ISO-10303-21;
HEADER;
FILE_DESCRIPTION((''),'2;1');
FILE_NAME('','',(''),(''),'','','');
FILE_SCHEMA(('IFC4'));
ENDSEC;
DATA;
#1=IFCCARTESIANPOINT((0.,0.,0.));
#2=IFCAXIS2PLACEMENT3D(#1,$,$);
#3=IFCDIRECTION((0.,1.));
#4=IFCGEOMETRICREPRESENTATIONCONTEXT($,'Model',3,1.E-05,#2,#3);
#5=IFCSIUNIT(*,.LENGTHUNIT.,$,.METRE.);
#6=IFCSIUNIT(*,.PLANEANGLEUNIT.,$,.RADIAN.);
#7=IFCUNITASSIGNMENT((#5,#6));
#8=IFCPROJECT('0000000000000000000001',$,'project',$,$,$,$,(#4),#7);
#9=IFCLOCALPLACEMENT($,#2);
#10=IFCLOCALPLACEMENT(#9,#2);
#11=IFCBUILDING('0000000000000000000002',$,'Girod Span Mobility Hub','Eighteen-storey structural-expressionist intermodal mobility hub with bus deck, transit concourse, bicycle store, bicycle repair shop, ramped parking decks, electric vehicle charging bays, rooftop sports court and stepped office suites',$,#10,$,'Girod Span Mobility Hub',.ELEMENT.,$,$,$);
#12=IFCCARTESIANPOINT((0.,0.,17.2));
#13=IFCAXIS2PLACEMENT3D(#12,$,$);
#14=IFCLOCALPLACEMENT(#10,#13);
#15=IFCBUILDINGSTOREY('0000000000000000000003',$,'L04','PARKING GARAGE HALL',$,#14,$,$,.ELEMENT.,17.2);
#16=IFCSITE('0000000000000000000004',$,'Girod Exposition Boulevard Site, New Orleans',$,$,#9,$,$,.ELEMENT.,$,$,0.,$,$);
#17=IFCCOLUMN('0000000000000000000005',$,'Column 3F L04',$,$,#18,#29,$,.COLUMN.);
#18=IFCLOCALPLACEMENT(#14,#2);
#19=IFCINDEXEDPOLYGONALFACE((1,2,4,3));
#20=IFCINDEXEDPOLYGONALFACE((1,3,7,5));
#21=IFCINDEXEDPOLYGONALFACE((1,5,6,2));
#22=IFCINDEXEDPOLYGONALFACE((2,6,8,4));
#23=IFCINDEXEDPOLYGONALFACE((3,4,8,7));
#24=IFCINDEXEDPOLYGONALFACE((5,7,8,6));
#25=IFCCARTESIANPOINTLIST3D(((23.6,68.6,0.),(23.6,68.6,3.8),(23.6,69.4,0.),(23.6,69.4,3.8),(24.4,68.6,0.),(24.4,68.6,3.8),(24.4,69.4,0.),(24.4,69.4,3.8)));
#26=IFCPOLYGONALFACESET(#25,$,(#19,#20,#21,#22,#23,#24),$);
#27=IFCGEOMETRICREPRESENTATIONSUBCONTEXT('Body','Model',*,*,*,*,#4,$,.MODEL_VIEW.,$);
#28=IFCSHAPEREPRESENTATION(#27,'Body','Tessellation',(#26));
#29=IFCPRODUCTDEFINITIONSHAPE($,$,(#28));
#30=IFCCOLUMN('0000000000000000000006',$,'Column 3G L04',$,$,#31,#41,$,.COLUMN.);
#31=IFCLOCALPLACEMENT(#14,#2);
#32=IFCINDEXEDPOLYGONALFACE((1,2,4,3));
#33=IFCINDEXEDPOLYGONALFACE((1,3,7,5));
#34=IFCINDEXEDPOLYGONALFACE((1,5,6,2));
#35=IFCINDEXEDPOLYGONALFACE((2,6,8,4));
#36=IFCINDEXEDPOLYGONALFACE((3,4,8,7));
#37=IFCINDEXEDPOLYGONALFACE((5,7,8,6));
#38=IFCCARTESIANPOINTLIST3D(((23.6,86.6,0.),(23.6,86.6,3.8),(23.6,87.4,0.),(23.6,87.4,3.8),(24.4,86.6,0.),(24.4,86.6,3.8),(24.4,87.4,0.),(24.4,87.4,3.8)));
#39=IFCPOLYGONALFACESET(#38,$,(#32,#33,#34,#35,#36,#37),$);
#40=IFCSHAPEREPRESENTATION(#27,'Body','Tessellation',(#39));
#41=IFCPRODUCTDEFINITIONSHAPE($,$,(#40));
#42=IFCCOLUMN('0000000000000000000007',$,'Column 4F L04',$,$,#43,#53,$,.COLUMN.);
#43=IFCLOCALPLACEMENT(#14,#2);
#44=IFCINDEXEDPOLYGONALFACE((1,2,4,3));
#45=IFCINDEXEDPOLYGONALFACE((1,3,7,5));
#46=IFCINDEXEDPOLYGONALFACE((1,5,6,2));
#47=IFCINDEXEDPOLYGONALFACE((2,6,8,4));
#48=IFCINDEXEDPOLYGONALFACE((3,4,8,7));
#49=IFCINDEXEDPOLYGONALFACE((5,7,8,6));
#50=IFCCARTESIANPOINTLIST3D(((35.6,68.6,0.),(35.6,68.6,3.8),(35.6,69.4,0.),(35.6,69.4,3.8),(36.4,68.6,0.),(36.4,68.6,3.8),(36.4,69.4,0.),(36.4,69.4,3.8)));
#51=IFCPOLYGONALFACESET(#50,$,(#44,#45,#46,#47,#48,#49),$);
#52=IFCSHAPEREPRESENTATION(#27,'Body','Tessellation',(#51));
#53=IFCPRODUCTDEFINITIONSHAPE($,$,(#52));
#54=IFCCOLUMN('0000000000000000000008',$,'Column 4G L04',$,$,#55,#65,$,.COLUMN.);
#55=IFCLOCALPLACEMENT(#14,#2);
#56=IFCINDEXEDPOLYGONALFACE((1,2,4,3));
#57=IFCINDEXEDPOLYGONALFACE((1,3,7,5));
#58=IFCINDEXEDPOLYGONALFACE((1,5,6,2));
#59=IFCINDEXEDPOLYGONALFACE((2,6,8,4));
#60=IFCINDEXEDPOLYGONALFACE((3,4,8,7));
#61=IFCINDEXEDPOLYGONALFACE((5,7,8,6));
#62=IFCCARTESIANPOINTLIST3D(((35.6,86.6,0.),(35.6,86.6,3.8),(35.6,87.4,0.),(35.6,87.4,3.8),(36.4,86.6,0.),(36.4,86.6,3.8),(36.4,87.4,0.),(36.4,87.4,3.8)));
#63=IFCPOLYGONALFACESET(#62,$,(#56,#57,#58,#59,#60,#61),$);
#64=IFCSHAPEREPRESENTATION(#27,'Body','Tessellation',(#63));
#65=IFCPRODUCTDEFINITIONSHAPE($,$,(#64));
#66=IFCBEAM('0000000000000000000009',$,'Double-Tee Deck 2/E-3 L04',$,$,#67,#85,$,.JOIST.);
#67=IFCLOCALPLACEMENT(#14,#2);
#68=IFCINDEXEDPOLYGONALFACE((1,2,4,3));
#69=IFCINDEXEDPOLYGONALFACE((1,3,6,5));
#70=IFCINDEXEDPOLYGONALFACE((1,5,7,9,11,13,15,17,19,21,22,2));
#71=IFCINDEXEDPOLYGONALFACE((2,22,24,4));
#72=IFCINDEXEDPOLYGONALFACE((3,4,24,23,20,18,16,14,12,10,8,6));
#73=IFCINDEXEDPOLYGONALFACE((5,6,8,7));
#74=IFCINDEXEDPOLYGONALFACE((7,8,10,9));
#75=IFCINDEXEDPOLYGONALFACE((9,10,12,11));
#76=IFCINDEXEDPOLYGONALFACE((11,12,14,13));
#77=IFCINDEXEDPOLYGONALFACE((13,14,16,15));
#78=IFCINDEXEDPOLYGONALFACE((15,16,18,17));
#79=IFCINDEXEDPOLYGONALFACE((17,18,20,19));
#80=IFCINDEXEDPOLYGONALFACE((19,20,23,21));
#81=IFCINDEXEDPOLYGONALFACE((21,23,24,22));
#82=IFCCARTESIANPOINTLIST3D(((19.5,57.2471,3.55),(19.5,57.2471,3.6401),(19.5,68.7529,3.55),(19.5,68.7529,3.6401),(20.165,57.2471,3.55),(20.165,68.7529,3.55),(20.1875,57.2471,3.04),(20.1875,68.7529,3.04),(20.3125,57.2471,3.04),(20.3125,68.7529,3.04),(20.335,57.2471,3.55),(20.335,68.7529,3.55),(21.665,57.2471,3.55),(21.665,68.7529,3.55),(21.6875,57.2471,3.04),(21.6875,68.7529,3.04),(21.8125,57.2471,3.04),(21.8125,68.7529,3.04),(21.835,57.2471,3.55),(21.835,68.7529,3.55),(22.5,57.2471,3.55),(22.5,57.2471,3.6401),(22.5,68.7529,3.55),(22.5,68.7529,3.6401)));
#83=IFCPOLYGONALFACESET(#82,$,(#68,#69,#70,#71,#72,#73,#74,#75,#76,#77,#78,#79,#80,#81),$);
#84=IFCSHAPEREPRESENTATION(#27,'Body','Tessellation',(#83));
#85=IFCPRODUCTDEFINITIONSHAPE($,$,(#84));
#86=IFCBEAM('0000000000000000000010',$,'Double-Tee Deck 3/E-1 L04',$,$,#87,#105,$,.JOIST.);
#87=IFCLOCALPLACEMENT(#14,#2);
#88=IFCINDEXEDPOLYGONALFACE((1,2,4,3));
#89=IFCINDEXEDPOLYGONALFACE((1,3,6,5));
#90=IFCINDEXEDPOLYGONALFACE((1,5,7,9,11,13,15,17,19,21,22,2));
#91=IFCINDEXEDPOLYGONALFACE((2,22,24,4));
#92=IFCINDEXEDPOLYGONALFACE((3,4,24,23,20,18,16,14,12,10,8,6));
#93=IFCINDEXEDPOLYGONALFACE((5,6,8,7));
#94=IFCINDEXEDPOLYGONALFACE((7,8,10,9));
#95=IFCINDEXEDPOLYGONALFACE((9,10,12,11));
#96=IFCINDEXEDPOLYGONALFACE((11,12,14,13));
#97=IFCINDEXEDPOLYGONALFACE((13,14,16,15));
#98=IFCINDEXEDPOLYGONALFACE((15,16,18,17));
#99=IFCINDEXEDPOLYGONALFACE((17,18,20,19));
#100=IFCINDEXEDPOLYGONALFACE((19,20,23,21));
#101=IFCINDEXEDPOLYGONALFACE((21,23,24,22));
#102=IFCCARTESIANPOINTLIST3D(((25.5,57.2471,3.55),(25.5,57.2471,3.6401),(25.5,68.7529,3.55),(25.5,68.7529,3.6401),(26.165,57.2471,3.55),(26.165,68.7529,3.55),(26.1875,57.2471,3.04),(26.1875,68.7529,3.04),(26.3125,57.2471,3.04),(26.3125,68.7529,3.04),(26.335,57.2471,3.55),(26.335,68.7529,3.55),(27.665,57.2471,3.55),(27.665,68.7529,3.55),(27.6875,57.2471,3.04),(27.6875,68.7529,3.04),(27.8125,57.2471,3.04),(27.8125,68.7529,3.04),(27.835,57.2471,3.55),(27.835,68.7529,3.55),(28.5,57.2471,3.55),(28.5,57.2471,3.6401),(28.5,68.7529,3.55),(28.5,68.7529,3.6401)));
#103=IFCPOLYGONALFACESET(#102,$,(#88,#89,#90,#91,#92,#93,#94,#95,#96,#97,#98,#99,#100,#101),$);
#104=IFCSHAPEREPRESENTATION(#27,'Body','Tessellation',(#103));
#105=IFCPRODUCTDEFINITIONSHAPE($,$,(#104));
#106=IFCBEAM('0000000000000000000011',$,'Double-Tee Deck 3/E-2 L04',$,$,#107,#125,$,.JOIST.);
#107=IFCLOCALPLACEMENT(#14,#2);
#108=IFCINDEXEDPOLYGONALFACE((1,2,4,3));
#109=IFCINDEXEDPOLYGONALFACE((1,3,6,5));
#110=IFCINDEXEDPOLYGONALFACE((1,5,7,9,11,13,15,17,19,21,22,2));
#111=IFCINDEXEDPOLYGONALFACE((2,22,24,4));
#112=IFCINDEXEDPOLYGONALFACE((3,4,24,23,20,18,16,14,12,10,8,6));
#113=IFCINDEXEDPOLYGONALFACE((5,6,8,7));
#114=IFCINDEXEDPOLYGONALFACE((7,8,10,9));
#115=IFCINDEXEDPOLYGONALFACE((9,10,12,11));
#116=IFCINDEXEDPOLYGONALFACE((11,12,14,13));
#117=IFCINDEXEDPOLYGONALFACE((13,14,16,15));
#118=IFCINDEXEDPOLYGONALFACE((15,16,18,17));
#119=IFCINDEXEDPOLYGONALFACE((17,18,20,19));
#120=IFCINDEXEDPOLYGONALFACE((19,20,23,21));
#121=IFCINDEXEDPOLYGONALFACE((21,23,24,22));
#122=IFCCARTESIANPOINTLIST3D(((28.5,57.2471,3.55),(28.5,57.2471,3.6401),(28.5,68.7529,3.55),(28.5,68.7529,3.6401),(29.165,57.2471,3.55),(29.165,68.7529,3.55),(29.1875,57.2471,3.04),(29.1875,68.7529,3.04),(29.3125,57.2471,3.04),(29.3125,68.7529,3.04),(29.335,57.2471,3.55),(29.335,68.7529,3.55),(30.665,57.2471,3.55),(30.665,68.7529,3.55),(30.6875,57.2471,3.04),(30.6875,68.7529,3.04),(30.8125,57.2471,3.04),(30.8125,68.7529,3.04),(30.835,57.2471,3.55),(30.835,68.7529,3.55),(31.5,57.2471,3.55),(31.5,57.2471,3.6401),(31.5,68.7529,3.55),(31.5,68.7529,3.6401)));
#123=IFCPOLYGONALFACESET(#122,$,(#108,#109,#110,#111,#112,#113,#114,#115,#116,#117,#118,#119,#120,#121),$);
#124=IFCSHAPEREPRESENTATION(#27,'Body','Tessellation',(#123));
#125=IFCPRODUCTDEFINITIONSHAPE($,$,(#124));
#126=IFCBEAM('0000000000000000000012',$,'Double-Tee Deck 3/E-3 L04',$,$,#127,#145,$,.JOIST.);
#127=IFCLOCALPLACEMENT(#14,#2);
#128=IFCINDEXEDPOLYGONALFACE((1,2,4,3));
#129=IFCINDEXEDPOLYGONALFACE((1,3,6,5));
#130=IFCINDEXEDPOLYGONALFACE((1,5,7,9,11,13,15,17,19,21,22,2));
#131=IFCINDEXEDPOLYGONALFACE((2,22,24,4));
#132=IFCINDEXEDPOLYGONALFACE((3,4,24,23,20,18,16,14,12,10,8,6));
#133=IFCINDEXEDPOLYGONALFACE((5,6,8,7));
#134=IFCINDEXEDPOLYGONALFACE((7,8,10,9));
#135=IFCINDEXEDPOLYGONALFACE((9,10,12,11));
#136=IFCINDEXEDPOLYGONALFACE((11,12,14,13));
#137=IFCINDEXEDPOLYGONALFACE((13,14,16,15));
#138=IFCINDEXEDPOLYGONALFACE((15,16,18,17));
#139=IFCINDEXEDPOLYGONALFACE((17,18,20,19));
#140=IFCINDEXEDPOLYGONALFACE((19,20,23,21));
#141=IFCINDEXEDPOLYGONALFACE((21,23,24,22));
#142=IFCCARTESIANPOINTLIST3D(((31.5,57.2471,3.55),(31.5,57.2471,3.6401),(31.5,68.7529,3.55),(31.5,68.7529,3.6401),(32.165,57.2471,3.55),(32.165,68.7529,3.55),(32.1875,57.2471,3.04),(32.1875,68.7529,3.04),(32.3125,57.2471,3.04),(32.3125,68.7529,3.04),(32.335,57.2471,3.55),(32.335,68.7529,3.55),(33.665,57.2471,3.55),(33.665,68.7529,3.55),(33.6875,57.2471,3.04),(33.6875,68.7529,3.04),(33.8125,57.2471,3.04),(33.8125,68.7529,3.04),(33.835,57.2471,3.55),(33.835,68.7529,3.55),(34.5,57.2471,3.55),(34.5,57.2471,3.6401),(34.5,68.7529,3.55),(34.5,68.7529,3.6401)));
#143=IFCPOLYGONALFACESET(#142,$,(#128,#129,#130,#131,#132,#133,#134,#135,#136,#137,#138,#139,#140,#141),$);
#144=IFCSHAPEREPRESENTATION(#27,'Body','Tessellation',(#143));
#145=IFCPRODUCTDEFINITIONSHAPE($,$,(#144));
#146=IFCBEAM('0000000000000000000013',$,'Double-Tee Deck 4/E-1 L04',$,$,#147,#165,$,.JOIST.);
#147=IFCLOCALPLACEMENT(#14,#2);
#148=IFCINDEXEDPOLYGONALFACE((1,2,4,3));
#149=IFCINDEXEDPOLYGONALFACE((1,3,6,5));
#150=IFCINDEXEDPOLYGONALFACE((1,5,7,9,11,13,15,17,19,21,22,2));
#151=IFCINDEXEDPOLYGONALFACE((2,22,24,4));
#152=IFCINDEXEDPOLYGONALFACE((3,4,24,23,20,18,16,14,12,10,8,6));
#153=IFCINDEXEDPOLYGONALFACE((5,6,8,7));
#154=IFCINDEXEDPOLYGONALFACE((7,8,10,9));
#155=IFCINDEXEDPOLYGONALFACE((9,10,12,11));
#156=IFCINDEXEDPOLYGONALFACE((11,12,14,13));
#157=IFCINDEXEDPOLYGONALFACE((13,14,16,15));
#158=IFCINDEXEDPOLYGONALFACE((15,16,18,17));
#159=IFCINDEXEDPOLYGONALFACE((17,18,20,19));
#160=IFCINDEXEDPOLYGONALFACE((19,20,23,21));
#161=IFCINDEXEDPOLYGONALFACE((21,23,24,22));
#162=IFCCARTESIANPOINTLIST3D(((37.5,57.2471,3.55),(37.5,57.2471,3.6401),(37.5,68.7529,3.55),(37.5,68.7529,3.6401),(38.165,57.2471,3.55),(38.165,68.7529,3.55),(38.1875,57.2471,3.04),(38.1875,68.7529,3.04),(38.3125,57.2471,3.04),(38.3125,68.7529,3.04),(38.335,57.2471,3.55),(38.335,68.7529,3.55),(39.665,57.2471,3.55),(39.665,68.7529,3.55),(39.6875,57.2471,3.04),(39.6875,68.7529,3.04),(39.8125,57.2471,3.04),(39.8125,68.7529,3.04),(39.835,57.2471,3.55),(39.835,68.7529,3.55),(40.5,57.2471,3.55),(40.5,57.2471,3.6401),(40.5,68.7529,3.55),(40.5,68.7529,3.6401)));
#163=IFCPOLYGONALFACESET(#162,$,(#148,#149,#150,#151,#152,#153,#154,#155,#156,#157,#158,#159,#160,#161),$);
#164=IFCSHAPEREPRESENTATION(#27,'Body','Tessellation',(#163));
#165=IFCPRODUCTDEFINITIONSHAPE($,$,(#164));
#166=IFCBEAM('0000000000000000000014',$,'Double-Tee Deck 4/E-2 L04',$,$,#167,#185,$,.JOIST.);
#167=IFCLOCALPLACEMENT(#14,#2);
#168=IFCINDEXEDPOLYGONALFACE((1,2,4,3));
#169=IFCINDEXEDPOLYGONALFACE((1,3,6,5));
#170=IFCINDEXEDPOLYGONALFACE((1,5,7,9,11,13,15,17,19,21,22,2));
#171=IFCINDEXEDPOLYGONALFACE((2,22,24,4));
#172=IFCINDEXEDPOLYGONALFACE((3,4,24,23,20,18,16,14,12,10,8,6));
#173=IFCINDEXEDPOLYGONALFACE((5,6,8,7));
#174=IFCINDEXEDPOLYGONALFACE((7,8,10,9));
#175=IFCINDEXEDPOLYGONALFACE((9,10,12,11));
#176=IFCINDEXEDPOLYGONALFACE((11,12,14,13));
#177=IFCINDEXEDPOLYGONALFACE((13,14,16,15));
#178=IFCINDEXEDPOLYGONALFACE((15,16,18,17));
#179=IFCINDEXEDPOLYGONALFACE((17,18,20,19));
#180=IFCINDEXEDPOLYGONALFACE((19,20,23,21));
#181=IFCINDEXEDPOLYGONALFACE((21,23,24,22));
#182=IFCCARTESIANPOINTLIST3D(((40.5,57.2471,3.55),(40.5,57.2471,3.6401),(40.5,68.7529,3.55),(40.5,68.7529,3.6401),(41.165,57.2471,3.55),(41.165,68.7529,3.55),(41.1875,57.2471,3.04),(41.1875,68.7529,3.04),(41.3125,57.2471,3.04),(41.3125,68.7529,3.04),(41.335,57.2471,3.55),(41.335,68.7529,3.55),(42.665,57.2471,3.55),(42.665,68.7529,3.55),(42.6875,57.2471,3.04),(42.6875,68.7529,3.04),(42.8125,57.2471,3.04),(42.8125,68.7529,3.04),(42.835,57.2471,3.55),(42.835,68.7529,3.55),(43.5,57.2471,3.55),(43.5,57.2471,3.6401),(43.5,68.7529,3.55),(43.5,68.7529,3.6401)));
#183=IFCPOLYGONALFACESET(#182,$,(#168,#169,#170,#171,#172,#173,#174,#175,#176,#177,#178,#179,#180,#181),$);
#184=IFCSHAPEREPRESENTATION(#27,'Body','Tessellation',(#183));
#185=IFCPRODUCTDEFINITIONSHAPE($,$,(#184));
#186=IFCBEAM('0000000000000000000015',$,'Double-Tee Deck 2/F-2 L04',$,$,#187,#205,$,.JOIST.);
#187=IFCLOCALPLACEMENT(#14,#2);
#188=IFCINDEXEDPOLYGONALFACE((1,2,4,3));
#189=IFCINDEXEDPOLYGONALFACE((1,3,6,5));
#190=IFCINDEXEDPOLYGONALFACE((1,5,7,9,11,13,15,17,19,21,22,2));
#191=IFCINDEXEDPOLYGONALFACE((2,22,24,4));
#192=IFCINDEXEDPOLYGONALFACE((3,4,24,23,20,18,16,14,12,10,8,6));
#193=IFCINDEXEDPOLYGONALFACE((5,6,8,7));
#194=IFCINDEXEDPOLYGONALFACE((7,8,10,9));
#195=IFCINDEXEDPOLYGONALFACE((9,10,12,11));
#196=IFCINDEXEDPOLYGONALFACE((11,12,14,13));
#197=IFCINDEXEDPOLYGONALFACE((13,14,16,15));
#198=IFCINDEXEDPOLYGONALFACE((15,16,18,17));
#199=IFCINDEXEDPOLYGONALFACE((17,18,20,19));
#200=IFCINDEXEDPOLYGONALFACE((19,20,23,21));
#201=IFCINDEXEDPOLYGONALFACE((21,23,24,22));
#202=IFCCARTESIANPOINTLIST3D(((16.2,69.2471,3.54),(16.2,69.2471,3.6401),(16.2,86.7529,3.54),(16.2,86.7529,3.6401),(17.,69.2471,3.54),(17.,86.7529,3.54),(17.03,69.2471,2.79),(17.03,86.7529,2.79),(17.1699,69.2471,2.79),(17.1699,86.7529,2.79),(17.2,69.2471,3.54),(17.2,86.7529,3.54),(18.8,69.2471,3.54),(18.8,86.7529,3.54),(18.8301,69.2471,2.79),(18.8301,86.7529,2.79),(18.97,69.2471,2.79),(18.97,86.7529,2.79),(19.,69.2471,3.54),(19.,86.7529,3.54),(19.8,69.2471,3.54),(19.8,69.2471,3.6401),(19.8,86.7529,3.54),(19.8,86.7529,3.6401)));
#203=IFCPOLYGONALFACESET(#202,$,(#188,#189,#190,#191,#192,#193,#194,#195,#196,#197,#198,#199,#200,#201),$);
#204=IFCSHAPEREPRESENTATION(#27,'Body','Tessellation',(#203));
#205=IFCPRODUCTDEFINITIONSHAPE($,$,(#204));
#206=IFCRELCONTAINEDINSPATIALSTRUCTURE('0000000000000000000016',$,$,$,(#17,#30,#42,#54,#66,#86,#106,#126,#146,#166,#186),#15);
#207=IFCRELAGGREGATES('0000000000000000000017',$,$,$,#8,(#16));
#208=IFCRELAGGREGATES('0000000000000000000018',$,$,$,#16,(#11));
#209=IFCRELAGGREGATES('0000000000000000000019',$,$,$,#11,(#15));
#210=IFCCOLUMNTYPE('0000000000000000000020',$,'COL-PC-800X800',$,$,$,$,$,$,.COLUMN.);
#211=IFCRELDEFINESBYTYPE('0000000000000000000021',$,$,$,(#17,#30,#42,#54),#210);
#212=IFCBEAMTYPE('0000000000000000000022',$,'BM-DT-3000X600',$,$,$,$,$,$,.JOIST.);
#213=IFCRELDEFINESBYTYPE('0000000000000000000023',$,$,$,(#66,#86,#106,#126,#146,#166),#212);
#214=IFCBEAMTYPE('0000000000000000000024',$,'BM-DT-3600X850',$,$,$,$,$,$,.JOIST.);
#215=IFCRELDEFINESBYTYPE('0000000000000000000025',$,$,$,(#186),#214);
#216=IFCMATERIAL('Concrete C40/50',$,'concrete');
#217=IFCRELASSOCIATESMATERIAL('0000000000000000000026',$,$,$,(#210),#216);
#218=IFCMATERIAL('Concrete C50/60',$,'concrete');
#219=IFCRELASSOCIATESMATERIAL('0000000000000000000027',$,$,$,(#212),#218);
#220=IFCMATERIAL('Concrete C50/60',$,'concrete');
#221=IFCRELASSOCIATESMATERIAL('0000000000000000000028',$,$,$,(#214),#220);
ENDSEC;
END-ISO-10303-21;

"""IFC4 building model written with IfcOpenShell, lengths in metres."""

from ifc_helpers import new_model, si_unit, direction, frame, origin, origin_2d, place, context, subcontext, project, spatial, polyline, rectangle, outline, extrude, material, material_profile, profile_set, type_object, element, save


model = new_model("IFC4")

# Units and contexts
model_context = context("Model", 3, precision=1e-05, world=origin(), true_north=direction((0.0, 1.0)))
body_context = subcontext(model_context, "Body", "Model", "MODEL_VIEW")
ifc_project = project(units=[si_unit("LENGTHUNIT", "METRE"), si_unit("PLANEANGLEUNIT", "RADIAN")], contexts=[model_context])

# Site, building, storey
site_placement = place(None, origin())
site = spatial("IfcSite", under=ifc_project, at=site_placement, Name="Girod Exposition Boulevard Site, New Orleans", CompositionType="ELEMENT", RefElevation=0.0)
building_placement = place(site_placement, origin())
building = spatial("IfcBuilding", under=site, at=building_placement, Name="Girod Span Mobility Hub", Description="Eighteen-storey structural-expressionist intermodal mobility hub with bus deck, transit concourse, bicycle store, bicycle repair shop, ramped parking decks, electric vehicle charging bays, rooftop sports court and stepped office suites", LongName="Girod Span Mobility Hub", CompositionType="ELEMENT")
storey_placement = place(building_placement, frame((0.0, 0.0, 17.2)))
storey = spatial("IfcBuildingStorey", under=building, at=storey_placement, Name="L04", Description="PARKING GARAGE HALL", CompositionType="ELEMENT", Elevation=17.2)

# Columns
ifc_material_1 = material(Name="Concrete C40/50", Category="concrete")
ifc_material_profile_1 = material_profile(ifc_material_1, rectangle(XDim=0.8, YDim=0.8, at=origin_2d()), Name="PC-COL-800X800")
ifc_profile_set_1 = profile_set([ifc_material_profile_1], Name="Concrete C40/50")
column_type = type_object("IfcColumnType", Name="COL-PC-800X800", PredefinedType="COLUMN", material=ifc_profile_set_1)
for number, where, z_axis, x_axis, name in (
    (1, (24.0, 69.0, 0.0), (0.0, 0.0, 1.0), (1.0, 0.0, 0.0), "Column 3F L04"),
    (2, (24.0, 87.0, 0.0), (0.0, 0.0, 1.0), (1.0, 0.0, 0.0), "Column 3G L04"),
    (3, (36.0, 69.0, 0.0), (0.0, 0.0, 1.0), (1.0, 0.0, 0.0), "Column 4F L04"),
    (4, (36.0, 87.0, 0.0), (0.0, 0.0, 1.0), (1.0, 0.0, 0.0), "Column 4G L04"),
):
    element("IfcColumn", number, at=place(storey_placement, frame(where, z_axis=z_axis, x_axis=x_axis)), inside=storey, type_object=column_type, Name=name, PredefinedType="COLUMN", context=body_context, shape_type="SweptSolid", body=[
        extrude(rectangle(XDim=0.8, YDim=0.8, at=origin_2d()), origin(), (0.0, 0.0, 1.0), 3.8),
    ])

# Beams
ifc_material_2 = material(Name="Concrete C50/60", Category="concrete")
ifc_material_profile_2 = material_profile(ifc_material_2, outline(polyline([(-1.5, 0.3), (-1.5, 0.21), (-0.835, 0.21), (-0.8125, -0.3), (-0.6875, -0.3), (-0.665, 0.21), (0.665, 0.21), (0.6875, -0.3), (0.8125, -0.3), (0.835, 0.21), (1.5, 0.21), (1.5, 0.3), (-1.5, 0.3)])), Name="DT-3000X600")
ifc_profile_set_2 = profile_set([ifc_material_profile_2], Name="Concrete C50/60")
beam_type_1 = type_object("IfcBeamType", Name="BM-DT-3000X600", PredefinedType="JOIST", material=ifc_profile_set_2)
for number, where, z_axis, x_axis, name in (
    (5, (21.0, 57.2471, 3.3401), (0.0, 1.0, 0.0), (-1.0, 0.0, 0.0), "Double-Tee Deck 2/E-3 L04"),
    (6, (27.0, 57.2471, 3.3401), (0.0, 1.0, 0.0), (-1.0, 0.0, 0.0), "Double-Tee Deck 3/E-1 L04"),
    (7, (30.0, 57.2471, 3.3401), (0.0, 1.0, 0.0), (-1.0, 0.0, 0.0), "Double-Tee Deck 3/E-2 L04"),
    (8, (33.0, 57.2471, 3.3401), (0.0, 1.0, 0.0), (-1.0, 0.0, 0.0), "Double-Tee Deck 3/E-3 L04"),
    (9, (39.0, 57.2471, 3.3401), (0.0, 1.0, 0.0), (-1.0, 0.0, 0.0), "Double-Tee Deck 4/E-1 L04"),
    (10, (42.0, 57.2471, 3.3401), (0.0, 1.0, 0.0), (-1.0, 0.0, 0.0), "Double-Tee Deck 4/E-2 L04"),
):
    element("IfcBeam", number, at=place(storey_placement, frame(where, z_axis=z_axis, x_axis=x_axis)), inside=storey, type_object=beam_type_1, Name=name, PredefinedType="JOIST", context=body_context, shape_type="SweptSolid", body=[
        extrude(outline(polyline([(-1.5, 0.3), (-1.5, 0.21), (-0.835, 0.21), (-0.8125, -0.3), (-0.6875, -0.3), (-0.665, 0.21), (0.665, 0.21), (0.6875, -0.3), (0.8125, -0.3), (0.835, 0.21), (1.5, 0.21), (1.5, 0.3), (-1.5, 0.3)])), origin(), (0.0, 0.0, 1.0), 11.5059),
    ])
ifc_material_3 = material(Name="Concrete C50/60", Category="concrete")
ifc_material_profile_3 = material_profile(ifc_material_3, outline(polyline([(-1.8, 0.425), (-1.8, 0.325), (-1.0, 0.325), (-0.97, -0.425), (-0.8301, -0.425), (-0.8, 0.325), (0.8, 0.325), (0.8301, -0.425), (0.97, -0.425), (1.0, 0.325), (1.8, 0.325), (1.8, 0.425), (-1.8, 0.425)])), Name="DT-3600X850")
ifc_profile_set_3 = profile_set([ifc_material_profile_3], Name="Concrete C50/60")
beam_type_2 = type_object("IfcBeamType", Name="BM-DT-3600X850", PredefinedType="JOIST", material=ifc_profile_set_3)
for number, where, z_axis, x_axis, name in (
    (11, (18.0, 69.2471, 3.2151), (0.0, 1.0, 0.0), (-1.0, 0.0, 0.0), "Double-Tee Deck 2/F-2 L04"),
):
    element("IfcBeam", number, at=place(storey_placement, frame(where, z_axis=z_axis, x_axis=x_axis)), inside=storey, type_object=beam_type_2, Name=name, PredefinedType="JOIST", context=body_context, shape_type="SweptSolid", body=[
        extrude(outline(polyline([(-1.8, 0.425), (-1.8, 0.325), (-1.0, 0.325), (-0.97, -0.425), (-0.8301, -0.425), (-0.8, 0.325), (0.8, 0.325), (0.8301, -0.425), (0.97, -0.425), (1.0, 0.325), (1.8, 0.325), (1.8, 0.425), (-1.8, 0.425)])), origin(), (0.0, 0.0, 1.0), 17.5059),
    ])

save(model, "model.ifc")
